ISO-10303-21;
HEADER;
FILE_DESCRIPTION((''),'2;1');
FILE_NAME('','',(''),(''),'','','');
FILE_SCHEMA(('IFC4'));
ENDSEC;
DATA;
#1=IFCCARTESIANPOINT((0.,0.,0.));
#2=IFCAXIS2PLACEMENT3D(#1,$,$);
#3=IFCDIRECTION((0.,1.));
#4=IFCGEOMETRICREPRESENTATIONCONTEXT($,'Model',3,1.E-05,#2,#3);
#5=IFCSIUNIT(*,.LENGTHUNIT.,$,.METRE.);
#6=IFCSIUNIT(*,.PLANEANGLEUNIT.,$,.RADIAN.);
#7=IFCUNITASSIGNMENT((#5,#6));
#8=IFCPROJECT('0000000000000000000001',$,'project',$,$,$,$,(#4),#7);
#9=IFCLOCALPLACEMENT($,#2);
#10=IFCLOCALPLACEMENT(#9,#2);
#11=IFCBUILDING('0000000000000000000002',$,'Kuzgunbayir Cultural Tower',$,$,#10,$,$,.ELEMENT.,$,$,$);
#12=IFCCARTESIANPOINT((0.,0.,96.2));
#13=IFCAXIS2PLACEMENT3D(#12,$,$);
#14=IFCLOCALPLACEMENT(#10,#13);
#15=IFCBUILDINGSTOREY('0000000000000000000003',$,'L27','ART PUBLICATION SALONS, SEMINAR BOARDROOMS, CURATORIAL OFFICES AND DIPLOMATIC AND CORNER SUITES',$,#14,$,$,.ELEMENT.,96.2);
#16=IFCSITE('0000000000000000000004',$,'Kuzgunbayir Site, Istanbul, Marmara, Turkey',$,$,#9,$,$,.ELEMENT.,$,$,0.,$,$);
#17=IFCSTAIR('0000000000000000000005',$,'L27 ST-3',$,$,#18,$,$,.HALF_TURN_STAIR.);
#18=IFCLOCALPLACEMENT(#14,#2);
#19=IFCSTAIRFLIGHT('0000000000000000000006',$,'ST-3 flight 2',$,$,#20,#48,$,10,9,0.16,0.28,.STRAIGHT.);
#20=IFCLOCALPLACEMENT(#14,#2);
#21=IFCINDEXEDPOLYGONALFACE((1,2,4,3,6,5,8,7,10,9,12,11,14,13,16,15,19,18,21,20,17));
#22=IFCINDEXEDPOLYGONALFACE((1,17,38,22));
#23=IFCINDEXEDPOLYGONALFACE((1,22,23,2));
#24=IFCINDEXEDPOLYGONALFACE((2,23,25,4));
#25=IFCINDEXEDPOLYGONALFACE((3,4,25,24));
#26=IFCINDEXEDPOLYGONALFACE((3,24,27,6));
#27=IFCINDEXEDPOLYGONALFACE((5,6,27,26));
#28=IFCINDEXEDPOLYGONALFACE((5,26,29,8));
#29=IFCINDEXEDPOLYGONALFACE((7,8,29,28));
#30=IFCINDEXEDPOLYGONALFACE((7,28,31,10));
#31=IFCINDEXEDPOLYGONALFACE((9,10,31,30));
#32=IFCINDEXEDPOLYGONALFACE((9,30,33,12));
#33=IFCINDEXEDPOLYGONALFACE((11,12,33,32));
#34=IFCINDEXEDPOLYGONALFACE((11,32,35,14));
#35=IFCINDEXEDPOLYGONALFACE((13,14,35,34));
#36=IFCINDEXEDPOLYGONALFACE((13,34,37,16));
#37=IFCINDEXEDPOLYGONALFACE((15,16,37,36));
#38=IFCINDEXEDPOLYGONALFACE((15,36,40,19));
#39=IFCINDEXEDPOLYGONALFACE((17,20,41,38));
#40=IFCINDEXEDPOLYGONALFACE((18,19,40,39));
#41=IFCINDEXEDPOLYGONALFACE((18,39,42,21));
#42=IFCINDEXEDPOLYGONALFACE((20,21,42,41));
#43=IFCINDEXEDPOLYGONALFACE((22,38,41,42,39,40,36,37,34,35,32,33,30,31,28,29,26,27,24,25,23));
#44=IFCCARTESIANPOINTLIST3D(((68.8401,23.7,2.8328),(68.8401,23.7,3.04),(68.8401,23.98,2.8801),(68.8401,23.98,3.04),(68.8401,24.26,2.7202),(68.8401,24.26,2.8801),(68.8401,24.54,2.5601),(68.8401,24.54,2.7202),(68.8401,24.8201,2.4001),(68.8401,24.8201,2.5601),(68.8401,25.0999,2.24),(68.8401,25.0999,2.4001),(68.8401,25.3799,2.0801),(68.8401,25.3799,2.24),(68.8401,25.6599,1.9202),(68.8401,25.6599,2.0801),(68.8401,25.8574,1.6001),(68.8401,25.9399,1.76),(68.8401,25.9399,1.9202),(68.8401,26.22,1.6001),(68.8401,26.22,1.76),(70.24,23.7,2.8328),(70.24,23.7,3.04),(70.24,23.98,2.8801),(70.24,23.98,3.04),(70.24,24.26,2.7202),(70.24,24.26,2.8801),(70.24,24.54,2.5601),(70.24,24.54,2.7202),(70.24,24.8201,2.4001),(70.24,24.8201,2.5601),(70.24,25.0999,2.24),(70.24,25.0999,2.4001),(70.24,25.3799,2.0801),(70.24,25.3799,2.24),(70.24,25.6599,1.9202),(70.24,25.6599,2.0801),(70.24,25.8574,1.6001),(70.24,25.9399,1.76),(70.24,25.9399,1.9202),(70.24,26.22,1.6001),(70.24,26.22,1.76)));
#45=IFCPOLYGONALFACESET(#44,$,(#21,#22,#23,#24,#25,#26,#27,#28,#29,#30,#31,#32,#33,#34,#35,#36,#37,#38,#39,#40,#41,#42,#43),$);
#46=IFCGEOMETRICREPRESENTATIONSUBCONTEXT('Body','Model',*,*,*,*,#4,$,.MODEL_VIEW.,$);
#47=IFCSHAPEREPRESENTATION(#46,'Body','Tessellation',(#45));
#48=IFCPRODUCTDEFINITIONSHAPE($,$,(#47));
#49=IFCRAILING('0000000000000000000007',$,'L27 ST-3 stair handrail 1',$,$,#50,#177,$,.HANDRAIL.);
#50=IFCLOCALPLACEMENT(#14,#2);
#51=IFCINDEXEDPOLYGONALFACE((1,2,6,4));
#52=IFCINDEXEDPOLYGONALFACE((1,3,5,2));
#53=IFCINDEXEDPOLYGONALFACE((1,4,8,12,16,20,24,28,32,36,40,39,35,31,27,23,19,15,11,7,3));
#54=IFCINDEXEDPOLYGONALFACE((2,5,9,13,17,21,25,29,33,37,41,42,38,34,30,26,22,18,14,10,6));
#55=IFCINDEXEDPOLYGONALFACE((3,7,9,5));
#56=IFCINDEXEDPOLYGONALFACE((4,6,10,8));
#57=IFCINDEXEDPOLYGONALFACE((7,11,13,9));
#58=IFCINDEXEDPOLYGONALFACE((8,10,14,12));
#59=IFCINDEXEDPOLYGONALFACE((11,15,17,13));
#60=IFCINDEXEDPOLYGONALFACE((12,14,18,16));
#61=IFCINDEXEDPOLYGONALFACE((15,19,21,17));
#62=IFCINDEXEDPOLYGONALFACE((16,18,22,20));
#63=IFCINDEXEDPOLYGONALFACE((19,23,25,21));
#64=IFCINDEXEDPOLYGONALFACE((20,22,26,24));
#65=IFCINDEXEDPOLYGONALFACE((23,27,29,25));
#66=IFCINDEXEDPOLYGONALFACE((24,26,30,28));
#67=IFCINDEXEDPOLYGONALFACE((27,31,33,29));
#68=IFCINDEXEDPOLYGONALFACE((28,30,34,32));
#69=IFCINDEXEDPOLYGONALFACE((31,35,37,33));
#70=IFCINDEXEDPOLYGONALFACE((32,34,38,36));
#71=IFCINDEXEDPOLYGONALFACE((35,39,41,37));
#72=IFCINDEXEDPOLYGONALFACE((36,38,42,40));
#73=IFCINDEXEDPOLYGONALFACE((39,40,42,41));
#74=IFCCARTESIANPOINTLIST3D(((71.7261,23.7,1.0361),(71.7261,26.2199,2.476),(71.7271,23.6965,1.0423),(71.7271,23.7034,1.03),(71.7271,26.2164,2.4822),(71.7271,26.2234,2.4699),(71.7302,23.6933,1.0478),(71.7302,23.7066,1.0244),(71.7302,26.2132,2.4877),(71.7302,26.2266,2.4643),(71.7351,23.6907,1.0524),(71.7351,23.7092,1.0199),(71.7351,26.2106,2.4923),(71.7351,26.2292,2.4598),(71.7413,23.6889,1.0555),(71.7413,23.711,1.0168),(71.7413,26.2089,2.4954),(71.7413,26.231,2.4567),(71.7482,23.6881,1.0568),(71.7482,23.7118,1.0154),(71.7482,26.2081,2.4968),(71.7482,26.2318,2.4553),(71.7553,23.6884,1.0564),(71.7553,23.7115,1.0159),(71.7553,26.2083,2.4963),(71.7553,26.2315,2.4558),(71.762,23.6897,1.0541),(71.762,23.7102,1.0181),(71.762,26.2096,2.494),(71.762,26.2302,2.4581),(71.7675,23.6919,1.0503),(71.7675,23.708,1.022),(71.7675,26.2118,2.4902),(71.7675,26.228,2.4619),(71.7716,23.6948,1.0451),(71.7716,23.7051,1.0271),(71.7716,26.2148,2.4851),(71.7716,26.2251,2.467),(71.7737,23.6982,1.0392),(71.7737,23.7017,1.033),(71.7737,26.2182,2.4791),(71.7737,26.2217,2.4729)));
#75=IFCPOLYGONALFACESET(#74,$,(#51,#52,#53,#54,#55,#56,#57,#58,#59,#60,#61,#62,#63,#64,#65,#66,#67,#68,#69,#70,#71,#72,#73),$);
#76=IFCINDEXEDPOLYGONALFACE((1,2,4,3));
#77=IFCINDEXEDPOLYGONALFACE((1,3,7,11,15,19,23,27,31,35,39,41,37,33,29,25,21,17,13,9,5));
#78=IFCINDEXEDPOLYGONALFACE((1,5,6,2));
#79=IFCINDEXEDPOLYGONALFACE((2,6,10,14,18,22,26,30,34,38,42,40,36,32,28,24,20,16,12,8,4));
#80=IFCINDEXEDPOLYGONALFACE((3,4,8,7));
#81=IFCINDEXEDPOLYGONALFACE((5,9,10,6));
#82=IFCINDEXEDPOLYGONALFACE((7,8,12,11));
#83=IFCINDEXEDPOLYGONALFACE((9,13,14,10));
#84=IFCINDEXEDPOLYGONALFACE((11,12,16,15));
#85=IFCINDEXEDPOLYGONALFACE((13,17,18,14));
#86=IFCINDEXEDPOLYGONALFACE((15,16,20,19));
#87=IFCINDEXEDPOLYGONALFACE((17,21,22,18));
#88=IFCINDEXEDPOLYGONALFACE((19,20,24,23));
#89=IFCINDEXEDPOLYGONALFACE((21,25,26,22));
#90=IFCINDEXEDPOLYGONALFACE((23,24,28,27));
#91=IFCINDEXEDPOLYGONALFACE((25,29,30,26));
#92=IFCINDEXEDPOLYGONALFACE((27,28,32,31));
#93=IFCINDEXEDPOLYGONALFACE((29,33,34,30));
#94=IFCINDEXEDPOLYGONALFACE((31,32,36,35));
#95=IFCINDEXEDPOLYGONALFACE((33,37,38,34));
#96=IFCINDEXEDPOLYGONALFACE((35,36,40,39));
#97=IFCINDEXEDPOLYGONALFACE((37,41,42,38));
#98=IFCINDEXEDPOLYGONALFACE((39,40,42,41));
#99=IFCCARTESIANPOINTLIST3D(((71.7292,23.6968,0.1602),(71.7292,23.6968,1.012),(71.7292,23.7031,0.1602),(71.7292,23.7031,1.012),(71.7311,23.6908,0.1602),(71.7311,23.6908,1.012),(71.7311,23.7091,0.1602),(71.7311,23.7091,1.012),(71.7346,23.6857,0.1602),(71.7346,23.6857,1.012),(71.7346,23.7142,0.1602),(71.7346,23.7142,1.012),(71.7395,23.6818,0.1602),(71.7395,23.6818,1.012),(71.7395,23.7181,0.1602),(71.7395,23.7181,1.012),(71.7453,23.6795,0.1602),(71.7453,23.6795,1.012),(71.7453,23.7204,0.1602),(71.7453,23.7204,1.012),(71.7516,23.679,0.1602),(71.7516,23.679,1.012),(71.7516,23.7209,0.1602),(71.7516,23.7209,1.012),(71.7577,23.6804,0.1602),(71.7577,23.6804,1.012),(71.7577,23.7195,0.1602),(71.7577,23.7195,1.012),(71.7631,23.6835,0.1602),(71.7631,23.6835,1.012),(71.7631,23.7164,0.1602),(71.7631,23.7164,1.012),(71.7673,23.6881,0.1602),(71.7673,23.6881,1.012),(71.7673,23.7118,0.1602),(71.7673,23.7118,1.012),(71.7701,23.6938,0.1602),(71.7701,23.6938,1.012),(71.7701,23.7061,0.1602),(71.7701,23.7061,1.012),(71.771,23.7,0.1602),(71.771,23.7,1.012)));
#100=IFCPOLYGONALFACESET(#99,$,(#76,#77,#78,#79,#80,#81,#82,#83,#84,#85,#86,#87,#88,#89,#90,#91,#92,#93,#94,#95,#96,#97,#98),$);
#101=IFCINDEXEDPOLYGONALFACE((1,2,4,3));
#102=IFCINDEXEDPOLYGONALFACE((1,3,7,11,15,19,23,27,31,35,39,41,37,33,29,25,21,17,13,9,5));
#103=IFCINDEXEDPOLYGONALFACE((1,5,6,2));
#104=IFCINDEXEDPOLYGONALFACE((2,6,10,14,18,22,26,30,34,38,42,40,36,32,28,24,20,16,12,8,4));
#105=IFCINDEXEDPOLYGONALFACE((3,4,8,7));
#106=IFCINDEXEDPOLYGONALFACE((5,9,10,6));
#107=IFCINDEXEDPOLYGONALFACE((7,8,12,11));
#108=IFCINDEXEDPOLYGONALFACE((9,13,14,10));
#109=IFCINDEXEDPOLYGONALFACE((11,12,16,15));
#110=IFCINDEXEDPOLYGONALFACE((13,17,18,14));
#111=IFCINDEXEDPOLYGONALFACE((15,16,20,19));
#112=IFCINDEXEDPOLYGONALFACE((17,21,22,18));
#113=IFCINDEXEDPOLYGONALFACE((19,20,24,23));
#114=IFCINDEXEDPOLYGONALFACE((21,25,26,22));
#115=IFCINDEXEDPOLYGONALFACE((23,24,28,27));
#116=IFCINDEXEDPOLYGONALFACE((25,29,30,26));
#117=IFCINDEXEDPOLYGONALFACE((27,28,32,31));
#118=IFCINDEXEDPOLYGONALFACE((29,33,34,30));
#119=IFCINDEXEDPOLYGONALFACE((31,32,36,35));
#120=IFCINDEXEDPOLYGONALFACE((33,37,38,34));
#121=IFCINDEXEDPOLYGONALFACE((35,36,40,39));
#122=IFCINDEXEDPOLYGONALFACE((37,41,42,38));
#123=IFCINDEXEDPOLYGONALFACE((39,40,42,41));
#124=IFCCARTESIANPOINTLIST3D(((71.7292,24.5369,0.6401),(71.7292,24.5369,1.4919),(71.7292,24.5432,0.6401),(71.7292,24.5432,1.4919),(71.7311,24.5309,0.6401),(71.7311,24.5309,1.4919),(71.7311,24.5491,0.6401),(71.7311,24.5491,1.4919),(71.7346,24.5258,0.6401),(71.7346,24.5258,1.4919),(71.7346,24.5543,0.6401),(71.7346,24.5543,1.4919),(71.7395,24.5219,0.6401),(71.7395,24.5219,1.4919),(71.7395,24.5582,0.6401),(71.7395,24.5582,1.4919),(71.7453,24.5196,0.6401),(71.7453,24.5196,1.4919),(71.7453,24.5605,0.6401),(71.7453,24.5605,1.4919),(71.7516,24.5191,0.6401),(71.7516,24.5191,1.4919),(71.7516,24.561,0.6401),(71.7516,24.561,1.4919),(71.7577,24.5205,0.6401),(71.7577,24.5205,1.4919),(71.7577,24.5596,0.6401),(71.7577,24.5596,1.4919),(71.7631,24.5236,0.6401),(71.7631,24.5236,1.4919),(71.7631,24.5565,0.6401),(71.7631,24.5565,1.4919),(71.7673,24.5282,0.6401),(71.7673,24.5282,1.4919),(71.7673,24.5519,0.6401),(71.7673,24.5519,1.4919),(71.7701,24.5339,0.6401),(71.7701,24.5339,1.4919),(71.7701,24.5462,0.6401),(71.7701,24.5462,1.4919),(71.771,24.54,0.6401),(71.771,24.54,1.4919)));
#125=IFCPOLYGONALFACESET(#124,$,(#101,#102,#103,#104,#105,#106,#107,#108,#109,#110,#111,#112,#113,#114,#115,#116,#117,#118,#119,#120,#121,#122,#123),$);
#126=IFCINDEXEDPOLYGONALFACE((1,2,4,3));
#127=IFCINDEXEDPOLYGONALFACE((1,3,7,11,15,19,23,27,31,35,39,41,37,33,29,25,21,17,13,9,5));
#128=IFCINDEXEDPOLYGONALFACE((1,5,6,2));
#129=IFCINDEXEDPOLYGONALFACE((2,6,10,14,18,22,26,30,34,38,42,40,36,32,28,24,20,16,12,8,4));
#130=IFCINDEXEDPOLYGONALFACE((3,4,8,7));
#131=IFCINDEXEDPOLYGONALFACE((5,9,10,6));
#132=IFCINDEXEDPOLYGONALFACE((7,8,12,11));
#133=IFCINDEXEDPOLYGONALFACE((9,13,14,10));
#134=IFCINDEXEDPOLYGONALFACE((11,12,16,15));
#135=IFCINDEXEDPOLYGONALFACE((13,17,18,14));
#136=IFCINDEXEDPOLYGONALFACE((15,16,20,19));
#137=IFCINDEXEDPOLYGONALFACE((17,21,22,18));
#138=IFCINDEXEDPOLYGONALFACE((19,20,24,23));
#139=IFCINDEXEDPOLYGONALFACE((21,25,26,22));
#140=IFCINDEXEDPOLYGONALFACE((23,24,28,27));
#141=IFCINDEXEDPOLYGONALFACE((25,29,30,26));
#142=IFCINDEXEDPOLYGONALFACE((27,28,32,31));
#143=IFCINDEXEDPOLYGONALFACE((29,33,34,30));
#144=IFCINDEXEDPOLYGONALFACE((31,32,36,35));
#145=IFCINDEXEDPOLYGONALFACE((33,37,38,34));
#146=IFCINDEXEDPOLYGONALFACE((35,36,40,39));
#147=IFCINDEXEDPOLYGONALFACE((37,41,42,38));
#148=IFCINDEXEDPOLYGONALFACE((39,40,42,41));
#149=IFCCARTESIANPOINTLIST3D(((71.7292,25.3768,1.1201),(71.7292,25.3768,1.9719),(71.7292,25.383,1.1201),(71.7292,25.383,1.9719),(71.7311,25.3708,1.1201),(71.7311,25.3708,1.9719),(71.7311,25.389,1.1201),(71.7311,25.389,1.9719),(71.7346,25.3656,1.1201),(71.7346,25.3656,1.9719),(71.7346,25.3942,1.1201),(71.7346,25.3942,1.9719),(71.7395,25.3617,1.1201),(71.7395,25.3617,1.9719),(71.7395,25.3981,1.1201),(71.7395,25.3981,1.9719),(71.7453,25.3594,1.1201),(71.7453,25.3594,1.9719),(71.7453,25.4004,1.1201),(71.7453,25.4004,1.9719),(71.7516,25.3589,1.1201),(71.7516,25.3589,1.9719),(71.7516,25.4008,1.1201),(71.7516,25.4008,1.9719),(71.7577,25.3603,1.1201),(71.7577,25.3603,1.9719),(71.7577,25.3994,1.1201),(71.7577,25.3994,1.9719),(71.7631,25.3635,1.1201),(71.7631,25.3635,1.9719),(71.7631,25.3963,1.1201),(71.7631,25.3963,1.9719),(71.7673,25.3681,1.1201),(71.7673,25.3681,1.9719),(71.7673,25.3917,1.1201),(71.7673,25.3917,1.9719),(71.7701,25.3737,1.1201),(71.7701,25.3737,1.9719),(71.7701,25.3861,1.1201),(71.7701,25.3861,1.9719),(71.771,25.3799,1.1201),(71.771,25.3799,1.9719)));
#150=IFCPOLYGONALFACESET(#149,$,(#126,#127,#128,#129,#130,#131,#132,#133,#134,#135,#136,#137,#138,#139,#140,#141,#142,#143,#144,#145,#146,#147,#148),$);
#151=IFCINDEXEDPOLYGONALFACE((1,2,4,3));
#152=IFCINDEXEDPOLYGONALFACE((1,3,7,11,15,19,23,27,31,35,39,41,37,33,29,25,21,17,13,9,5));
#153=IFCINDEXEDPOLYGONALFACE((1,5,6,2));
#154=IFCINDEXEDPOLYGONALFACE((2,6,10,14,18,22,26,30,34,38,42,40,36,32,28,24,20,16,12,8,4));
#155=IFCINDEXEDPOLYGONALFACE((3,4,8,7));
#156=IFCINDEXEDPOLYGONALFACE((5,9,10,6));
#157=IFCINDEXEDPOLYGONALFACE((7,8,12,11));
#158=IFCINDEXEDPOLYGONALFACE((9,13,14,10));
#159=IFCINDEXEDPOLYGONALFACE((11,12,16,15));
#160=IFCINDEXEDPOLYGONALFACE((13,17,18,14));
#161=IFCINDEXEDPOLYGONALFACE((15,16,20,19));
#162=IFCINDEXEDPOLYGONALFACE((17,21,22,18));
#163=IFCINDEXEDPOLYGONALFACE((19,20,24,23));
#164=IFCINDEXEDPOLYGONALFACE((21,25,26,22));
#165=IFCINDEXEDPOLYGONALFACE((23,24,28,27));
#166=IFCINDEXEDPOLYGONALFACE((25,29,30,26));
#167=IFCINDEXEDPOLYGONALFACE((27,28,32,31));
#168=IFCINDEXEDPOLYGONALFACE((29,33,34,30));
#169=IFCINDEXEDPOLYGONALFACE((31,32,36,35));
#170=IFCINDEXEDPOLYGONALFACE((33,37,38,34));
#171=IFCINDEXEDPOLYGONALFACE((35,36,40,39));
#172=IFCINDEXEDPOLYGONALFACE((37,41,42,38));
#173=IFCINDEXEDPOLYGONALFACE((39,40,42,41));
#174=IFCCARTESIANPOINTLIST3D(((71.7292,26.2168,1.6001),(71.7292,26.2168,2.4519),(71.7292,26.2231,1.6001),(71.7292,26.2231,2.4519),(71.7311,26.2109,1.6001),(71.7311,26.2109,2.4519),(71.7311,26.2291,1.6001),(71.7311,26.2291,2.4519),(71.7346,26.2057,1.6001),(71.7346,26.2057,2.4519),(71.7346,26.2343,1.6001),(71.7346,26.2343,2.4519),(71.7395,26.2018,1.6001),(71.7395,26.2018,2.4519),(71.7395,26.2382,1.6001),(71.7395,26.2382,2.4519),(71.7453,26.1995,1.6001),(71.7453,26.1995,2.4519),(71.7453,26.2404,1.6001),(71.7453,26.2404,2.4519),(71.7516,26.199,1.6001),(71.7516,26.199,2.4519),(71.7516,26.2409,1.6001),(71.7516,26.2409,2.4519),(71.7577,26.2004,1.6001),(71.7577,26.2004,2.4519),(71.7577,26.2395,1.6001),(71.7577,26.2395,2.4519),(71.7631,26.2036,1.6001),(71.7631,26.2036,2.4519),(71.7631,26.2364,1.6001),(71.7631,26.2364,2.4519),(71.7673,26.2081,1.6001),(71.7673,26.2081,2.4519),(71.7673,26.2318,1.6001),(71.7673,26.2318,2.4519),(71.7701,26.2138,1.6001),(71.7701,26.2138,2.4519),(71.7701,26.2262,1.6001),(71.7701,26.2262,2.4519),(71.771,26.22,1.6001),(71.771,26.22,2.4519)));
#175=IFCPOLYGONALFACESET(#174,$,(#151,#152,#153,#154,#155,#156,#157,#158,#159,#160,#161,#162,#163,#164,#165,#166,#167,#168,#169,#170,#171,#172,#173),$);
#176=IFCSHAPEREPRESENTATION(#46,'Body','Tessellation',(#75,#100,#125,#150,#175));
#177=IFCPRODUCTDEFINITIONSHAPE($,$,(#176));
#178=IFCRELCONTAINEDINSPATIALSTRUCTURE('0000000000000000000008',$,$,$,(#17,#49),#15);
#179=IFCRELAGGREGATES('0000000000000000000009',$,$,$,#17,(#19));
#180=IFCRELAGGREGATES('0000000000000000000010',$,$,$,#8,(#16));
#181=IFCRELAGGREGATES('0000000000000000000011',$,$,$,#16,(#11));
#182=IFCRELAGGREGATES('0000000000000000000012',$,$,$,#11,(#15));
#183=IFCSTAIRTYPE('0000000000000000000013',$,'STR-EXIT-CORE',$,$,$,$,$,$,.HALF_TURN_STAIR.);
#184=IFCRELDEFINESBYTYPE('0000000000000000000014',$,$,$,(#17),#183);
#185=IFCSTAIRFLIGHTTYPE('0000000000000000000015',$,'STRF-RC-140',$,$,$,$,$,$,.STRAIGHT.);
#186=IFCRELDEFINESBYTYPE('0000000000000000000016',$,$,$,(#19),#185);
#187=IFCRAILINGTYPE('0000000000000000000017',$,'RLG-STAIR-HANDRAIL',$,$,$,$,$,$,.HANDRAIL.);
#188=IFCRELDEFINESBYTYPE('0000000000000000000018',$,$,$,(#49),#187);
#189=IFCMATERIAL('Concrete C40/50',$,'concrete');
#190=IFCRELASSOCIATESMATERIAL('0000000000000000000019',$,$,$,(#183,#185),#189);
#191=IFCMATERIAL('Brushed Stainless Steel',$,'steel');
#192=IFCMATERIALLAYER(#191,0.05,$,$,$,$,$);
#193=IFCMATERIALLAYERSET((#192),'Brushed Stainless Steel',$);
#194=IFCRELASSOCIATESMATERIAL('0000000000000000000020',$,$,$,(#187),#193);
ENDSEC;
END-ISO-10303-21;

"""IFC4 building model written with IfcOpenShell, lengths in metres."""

from ifc_helpers import new_model, si_unit, direction, frame, origin, origin_2d, place, context, subcontext, project, spatial, polyline, circle, outline, extrude, material, layer, layer_set, type_object, element, aggregate, save


model = new_model("IFC4")

# Units and contexts
model_context = context("Model", 3, precision=1e-05, world=origin(), true_north=direction((0.0, 1.0)))
body_context = subcontext(model_context, "Body", "Model", "MODEL_VIEW")
ifc_project = project(units=[si_unit("LENGTHUNIT", "METRE"), si_unit("PLANEANGLEUNIT", "RADIAN")], contexts=[model_context])

# Site, building, storey
site_placement = place(None, origin())
site = spatial("IfcSite", under=ifc_project, at=site_placement, Name="Kuzgunbayir Site, Istanbul, Marmara, Turkey", CompositionType="ELEMENT", RefElevation=0.0)
building_placement = place(site_placement, origin())
building = spatial("IfcBuilding", under=site, at=building_placement, Name="Kuzgunbayir Cultural Tower", CompositionType="ELEMENT")
storey_placement = place(building_placement, frame((0.0, 0.0, 96.2)))
storey = spatial("IfcBuildingStorey", under=building, at=storey_placement, Name="L27", Description="ART PUBLICATION SALONS, SEMINAR BOARDROOMS, CURATORIAL OFFICES AND DIPLOMATIC AND CORNER SUITES", CompositionType="ELEMENT", Elevation=96.2)

# Shared definitions
ifc_material_1 = material(Name="Concrete C40/50", Category="concrete")
ifc_material_2 = material(Name="Brushed Stainless Steel", Category="steel")

# Stair, stair flight
stair_type = type_object("IfcStairType", Name="STR-EXIT-CORE", PredefinedType="HALF_TURN_STAIR", material=ifc_material_1)
stair_placement = place(storey_placement, origin())
stair = element("IfcStair", 1, at=stair_placement, inside=storey, type_object=stair_type, Name="L27 ST-3", PredefinedType="HALF_TURN_STAIR")
stair_flight_type = type_object("IfcStairFlightType", Name="STRF-RC-140", PredefinedType="STRAIGHT", material=ifc_material_1)
stair_flight_1_placement = place(storey_placement, frame((69.54, 26.22, 1.6001), z_axis=(0.0, 0.0, 1.0), x_axis=(0.0, -1.0, 0.0)))
stair_flight_1 = element("IfcStairFlight", 2, at=stair_flight_1_placement, type_object=stair_flight_type, Name="ST-3 flight 2", NumberOfRisers=10, NumberOfTreads=9, PredefinedType="STRAIGHT", RiserHeight=0.16, TreadLength=0.28, context=body_context, shape_type="SweptSolid", body=[
    extrude(outline(polyline([(0.0, 0.0), (0.0, 0.1599), (0.28, 0.1599), (0.28, 0.3201), (0.5601, 0.3201), (0.5601, 0.48), (0.8401, 0.48), (0.8401, 0.6399), (1.1201, 0.6399), (1.1201, 0.8), (1.3999, 0.8), (1.3999, 0.96), (1.6799, 0.96), (1.6799, 1.1201), (1.96, 1.1201), (1.96, 1.28), (2.24, 1.28), (2.24, 1.4399), (2.52, 1.4399), (2.52, 1.6001), (2.52, 1.2327), (0.3625, 0.0), (0.0, 0.0)])), frame((0.0, 0.7, 0.0), z_axis=(0.0, -1.0, 0.0), x_axis=(1.0, 0.0, 0.0)), (0.0, 0.0, 1.0), 1.3999),
])
aggregate(stair, [stair_flight_1])

# Railing
ifc_layer_1 = layer(ifc_material_2, 0.05)
ifc_layer_set_1 = layer_set([ifc_layer_1], Name="Brushed Stainless Steel")
railing_type_1 = type_object("IfcRailingType", Name="RLG-STAIR-HANDRAIL", PredefinedType="HANDRAIL", material=ifc_layer_set_1)
railing_1_placement = place(storey_placement, frame((71.75, 23.7, 0.1602)))
element("IfcRailing", 3, at=railing_1_placement, inside=storey, type_object=railing_type_1, Name="L27 ST-3 stair handrail 1", PredefinedType="HANDRAIL", context=body_context, shape_type="SweptSolid", body=[
    extrude(circle(Radius=0.0239, at=origin_2d()), frame((0.0, 0.0, 0.876), z_axis=(0.0, 0.868253, 0.496121), x_axis=(-1.0, 0.0, 0.0)), (0.0, 0.0, 1.0), 2.9023),
    extrude(circle(Radius=0.021, at=origin_2d()), origin(), (0.0, 0.0, 1.0), 0.8518),
    extrude(circle(Radius=0.021, at=origin_2d()), frame((0.0, 0.8401, 0.48)), (0.0, 0.0, 1.0), 0.8518),
    extrude(circle(Radius=0.021, at=origin_2d()), frame((0.0, 1.6799, 0.96)), (0.0, 0.0, 1.0), 0.8518),
    extrude(circle(Radius=0.021, at=origin_2d()), frame((0.0, 2.52, 1.4399)), (0.0, 0.0, 1.0), 0.8518),
])

save(model, "model.ifc")
